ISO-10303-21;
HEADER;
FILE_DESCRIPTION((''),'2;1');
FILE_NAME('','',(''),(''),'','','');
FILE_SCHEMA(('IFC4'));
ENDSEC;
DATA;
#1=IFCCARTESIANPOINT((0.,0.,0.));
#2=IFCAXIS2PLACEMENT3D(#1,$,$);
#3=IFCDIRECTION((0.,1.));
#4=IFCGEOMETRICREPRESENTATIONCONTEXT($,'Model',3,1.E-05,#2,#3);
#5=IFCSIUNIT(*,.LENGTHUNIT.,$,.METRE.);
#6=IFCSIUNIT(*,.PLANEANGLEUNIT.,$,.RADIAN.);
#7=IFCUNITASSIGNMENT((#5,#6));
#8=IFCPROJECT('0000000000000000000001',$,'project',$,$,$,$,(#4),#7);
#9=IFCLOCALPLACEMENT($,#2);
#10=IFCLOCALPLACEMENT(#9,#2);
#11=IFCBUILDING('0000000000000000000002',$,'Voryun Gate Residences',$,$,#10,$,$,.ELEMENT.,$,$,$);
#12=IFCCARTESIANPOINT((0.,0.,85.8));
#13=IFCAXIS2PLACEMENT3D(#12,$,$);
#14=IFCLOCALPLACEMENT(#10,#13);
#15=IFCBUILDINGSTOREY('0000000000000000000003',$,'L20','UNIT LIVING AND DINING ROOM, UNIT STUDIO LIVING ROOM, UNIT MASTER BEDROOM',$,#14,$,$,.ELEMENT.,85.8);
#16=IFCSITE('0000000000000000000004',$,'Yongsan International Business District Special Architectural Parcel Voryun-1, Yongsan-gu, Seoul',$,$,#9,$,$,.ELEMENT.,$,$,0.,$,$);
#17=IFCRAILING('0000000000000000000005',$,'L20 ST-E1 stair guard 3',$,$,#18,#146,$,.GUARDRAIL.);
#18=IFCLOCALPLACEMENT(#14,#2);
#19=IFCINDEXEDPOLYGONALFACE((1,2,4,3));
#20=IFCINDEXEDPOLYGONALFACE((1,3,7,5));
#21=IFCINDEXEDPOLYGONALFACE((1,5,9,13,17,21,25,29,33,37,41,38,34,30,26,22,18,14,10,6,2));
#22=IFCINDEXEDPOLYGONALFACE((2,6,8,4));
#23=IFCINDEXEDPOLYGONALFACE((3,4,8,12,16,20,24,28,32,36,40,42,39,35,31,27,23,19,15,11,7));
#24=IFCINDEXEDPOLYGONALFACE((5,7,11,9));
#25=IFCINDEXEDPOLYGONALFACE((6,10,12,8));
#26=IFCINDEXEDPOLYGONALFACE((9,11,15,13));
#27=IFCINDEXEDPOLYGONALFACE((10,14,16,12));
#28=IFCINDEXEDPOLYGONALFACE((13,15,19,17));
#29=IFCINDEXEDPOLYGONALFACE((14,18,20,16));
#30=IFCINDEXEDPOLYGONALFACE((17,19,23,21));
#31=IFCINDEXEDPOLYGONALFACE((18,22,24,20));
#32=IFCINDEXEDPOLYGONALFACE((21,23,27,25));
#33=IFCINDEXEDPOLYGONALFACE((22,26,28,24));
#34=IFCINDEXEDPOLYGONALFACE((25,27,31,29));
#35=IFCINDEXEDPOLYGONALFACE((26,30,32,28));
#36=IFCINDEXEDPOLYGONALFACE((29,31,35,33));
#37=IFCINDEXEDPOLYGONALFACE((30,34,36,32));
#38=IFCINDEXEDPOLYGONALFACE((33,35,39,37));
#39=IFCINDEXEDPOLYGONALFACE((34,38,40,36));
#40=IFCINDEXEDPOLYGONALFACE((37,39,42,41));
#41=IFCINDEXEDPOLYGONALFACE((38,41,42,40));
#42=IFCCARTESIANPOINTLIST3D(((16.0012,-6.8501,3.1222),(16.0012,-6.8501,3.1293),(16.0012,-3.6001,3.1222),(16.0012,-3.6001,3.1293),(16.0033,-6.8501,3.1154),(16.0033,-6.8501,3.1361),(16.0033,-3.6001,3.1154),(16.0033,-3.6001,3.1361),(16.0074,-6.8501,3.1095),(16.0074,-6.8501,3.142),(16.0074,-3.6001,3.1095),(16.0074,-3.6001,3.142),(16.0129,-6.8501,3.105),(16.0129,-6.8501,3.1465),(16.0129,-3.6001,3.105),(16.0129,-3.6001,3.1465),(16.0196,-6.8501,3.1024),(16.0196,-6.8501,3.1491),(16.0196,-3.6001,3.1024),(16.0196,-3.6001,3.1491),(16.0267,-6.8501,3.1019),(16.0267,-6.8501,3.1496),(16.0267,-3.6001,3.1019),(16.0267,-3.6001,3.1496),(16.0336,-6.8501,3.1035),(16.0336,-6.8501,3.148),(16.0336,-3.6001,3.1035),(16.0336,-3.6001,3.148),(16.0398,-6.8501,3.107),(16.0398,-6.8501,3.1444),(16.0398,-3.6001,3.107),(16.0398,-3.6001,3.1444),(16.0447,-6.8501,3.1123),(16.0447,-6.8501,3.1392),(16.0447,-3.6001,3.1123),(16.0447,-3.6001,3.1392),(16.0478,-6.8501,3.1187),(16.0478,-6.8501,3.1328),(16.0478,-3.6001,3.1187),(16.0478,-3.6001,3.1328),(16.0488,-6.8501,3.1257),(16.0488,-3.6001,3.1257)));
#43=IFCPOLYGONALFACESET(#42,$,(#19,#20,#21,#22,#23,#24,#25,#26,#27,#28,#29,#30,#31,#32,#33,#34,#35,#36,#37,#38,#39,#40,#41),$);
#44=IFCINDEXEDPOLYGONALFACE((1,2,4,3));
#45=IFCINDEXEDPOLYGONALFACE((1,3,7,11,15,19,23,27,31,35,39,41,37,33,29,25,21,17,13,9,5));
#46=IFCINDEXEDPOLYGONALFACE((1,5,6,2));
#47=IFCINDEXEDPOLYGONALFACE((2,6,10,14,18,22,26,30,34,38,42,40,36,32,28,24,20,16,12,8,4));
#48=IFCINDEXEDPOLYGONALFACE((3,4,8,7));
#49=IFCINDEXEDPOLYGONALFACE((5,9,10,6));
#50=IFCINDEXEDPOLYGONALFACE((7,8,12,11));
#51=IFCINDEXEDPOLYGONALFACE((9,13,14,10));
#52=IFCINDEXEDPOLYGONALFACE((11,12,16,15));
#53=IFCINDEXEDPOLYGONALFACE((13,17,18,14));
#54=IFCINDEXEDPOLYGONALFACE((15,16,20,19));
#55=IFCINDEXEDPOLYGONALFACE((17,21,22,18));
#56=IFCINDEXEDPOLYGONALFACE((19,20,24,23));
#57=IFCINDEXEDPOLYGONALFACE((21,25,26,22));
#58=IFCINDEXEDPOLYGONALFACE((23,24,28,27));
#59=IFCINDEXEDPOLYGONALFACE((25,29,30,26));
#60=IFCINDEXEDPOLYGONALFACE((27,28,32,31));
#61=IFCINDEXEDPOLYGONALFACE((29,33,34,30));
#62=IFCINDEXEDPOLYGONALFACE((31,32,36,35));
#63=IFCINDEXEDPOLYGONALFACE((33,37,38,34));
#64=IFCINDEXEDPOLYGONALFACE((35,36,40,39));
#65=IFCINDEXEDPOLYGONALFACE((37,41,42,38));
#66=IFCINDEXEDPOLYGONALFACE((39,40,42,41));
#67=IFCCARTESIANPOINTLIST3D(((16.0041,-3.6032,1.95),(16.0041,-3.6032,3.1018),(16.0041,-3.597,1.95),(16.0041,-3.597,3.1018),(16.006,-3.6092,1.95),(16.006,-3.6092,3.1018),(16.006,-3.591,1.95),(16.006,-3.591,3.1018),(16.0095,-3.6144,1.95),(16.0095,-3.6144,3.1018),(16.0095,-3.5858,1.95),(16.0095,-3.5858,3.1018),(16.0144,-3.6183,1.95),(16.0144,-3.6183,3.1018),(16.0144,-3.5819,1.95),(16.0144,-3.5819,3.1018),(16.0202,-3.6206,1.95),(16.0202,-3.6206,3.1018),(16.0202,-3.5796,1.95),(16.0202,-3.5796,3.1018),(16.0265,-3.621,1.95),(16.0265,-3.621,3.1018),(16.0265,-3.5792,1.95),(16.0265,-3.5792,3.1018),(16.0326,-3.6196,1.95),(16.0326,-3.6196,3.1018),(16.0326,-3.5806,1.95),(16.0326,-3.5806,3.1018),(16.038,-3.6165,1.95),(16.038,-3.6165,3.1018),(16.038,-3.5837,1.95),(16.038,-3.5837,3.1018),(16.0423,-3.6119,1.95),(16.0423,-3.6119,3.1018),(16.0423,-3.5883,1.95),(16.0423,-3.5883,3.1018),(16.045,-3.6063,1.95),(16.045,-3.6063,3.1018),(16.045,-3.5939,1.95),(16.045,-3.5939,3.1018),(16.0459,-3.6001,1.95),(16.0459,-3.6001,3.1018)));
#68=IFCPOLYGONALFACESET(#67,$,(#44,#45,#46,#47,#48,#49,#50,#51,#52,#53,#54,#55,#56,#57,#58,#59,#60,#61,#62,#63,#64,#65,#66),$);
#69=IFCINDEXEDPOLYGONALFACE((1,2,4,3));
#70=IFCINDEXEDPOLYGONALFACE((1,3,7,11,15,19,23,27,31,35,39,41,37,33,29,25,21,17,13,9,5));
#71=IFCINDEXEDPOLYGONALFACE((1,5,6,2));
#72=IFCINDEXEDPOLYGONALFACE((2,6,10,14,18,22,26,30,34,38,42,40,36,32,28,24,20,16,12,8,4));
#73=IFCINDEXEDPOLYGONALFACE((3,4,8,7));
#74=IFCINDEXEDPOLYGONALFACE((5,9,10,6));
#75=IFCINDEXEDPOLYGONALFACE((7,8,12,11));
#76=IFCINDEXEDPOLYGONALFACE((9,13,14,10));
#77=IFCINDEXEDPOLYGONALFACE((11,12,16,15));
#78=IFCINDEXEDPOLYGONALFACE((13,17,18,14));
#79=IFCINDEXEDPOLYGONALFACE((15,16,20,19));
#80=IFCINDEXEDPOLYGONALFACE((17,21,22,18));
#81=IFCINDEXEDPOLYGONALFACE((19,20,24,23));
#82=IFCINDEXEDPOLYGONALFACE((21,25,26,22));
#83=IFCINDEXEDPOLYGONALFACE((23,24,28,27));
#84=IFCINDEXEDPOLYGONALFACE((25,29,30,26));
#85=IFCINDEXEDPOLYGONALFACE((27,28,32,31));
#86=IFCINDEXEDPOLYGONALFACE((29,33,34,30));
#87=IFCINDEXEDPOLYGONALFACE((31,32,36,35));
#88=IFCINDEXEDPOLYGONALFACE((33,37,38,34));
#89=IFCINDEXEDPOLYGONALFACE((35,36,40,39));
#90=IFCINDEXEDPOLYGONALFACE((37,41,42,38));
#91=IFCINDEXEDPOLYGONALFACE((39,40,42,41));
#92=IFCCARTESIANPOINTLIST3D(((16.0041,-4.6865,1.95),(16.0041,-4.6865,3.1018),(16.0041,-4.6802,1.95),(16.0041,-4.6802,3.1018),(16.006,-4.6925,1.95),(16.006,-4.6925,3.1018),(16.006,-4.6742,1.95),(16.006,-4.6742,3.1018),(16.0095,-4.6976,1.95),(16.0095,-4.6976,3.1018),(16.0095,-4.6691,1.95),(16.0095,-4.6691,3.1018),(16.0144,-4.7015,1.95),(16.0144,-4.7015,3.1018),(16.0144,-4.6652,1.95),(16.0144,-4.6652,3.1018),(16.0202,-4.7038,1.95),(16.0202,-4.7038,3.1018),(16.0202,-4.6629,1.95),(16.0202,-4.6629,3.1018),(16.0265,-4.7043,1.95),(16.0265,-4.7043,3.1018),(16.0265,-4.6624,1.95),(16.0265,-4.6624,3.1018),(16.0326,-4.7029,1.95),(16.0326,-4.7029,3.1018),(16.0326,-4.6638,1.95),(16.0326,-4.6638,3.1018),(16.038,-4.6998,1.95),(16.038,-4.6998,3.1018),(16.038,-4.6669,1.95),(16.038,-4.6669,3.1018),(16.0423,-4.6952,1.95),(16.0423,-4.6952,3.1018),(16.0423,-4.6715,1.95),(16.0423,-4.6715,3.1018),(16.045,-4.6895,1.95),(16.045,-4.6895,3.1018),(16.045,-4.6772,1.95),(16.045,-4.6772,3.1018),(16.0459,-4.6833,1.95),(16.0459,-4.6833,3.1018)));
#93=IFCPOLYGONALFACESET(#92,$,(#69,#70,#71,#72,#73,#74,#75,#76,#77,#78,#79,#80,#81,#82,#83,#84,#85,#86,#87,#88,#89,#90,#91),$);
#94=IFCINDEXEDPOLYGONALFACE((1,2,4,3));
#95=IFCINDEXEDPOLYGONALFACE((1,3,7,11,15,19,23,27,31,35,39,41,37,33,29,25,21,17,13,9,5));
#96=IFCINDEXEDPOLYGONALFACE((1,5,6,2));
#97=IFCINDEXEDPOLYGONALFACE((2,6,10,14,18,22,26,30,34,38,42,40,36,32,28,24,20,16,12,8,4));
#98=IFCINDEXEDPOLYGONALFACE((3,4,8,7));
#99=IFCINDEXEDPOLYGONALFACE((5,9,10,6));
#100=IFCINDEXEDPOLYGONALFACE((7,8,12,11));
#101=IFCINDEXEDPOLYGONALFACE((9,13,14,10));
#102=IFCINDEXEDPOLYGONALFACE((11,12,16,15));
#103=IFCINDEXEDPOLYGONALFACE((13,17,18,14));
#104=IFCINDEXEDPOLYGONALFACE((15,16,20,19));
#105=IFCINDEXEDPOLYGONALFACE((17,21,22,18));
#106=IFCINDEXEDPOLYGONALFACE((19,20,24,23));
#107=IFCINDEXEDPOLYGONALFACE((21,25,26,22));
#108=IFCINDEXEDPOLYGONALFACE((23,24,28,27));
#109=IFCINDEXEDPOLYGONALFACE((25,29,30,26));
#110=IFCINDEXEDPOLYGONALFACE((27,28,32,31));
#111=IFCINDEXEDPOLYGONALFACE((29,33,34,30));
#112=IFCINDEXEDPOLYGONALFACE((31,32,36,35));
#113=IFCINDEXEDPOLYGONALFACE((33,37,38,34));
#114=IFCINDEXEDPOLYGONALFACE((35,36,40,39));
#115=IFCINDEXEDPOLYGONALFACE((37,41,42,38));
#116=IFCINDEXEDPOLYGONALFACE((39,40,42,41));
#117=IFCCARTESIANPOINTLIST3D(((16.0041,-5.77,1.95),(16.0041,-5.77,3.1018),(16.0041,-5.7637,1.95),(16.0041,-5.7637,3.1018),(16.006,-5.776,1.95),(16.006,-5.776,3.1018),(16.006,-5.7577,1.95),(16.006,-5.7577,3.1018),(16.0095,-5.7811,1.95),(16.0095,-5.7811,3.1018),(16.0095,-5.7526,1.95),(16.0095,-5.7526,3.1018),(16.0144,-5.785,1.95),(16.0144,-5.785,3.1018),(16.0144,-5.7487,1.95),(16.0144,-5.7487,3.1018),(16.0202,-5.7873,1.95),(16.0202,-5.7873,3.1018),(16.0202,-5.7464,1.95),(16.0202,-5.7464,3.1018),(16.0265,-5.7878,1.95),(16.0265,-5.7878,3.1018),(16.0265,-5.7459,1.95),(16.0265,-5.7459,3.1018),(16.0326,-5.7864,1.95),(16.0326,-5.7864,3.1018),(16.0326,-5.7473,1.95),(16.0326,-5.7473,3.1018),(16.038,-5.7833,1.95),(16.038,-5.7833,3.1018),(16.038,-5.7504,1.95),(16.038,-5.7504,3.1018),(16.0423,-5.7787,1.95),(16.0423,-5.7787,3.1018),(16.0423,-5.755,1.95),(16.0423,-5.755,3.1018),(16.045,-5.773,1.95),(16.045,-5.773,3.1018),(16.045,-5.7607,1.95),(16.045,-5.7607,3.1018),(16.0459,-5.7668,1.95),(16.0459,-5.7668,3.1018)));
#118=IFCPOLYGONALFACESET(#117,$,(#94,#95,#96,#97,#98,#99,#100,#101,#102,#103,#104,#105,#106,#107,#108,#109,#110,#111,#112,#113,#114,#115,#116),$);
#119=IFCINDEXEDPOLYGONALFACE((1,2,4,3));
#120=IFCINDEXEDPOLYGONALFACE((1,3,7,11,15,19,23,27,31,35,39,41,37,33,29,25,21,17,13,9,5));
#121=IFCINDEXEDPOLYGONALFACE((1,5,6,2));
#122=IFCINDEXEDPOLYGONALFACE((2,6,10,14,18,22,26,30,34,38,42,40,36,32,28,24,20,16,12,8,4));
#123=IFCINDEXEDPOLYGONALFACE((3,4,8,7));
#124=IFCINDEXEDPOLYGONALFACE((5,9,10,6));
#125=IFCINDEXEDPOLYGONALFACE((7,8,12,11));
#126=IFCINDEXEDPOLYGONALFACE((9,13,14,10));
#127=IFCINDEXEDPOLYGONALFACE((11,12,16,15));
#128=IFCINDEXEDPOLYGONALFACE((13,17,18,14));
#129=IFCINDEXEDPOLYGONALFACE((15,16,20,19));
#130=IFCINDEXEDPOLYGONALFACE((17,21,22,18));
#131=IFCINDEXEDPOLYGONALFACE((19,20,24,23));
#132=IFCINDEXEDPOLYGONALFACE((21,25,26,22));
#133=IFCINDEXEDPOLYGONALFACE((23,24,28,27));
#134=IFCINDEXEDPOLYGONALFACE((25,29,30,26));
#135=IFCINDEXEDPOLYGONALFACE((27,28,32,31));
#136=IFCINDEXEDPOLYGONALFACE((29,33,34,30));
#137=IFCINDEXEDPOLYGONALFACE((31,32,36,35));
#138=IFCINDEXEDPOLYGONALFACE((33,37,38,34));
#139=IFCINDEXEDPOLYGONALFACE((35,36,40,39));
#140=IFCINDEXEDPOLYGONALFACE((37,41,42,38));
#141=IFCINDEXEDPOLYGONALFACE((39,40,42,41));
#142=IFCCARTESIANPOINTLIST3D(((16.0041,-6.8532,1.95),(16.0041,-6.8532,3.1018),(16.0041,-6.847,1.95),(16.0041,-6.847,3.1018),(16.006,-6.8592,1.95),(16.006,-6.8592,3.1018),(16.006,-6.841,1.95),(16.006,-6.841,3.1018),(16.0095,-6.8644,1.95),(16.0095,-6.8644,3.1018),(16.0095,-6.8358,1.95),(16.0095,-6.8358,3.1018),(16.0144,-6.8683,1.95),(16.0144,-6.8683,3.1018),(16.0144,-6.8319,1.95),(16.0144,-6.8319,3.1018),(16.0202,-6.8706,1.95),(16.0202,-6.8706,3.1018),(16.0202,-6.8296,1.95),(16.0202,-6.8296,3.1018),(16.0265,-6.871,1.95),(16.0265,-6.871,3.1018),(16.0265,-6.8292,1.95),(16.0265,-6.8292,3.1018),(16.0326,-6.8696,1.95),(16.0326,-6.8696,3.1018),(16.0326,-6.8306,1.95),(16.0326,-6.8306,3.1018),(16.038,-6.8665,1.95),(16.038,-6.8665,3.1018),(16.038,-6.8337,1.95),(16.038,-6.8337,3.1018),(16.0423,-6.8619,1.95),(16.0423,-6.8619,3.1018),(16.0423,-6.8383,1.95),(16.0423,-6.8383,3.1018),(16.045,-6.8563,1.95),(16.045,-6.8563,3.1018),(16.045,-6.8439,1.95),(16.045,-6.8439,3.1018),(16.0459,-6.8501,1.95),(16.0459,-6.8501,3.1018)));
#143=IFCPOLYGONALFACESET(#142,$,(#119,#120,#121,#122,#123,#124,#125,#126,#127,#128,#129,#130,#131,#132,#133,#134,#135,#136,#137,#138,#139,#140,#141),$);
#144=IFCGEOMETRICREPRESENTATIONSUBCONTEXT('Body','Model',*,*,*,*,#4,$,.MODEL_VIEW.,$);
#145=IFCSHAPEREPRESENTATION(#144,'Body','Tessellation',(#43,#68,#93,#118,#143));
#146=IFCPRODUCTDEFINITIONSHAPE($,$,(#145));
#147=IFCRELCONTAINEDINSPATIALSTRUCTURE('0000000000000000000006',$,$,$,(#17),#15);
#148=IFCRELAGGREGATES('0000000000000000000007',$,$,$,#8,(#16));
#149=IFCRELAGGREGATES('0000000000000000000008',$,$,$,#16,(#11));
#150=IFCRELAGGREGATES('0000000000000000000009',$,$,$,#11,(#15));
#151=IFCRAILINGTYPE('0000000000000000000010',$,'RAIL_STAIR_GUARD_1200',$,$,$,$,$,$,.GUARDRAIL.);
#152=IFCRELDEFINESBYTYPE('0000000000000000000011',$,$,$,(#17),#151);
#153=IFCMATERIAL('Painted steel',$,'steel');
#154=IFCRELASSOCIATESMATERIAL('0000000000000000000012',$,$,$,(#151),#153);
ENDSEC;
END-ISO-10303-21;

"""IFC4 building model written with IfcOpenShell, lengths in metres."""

from ifc_helpers import new_model, si_unit, direction, frame, origin, origin_2d, place, context, subcontext, project, spatial, circle, extrude, material, type_object, element, save


model = new_model("IFC4")

# Units and contexts
model_context = context("Model", 3, precision=1e-05, world=origin(), true_north=direction((0.0, 1.0)))
body_context = subcontext(model_context, "Body", "Model", "MODEL_VIEW")
ifc_project = project(units=[si_unit("LENGTHUNIT", "METRE"), si_unit("PLANEANGLEUNIT", "RADIAN")], contexts=[model_context])

# Site, building, storey
site_placement = place(None, origin())
site = spatial("IfcSite", under=ifc_project, at=site_placement, Name="Yongsan International Business District Special Architectural Parcel Voryun-1, Yongsan-gu, Seoul", CompositionType="ELEMENT", RefElevation=0.0)
building_placement = place(site_placement, origin())
building = spatial("IfcBuilding", under=site, at=building_placement, Name="Voryun Gate Residences", CompositionType="ELEMENT")
storey_placement = place(building_placement, frame((0.0, 0.0, 85.8)))
storey = spatial("IfcBuildingStorey", under=building, at=storey_placement, Name="L20", Description="UNIT LIVING AND DINING ROOM, UNIT STUDIO LIVING ROOM, UNIT MASTER BEDROOM", CompositionType="ELEMENT", Elevation=85.8)

# Railing
ifc_material_1 = material(Name="Painted steel", Category="steel")
railing_type_1 = type_object("IfcRailingType", Name="RAIL_STAIR_GUARD_1200", PredefinedType="GUARDRAIL", material=ifc_material_1)
for number, where, name in (
    (1, (16.0249, -3.6001, 1.95), "L20 ST-E1 stair guard 3"),
):
    element("IfcRailing", number, at=place(storey_placement, frame(where)), inside=storey, type_object=railing_type_1, Name=name, PredefinedType="GUARDRAIL", context=body_context, shape_type="SweptSolid", body=[
        extrude(circle(Radius=0.0239, at=origin_2d()), frame((0.0, 0.0, 1.1758), z_axis=(0.0, -1.0, 0.0), x_axis=(1.0, 0.0, 0.0)), (0.0, 0.0, 1.0), 3.25),
        extrude(circle(Radius=0.021, at=origin_2d()), origin(), (0.0, 0.0, 1.0), 1.1519),
        extrude(circle(Radius=0.021, at=origin_2d()), frame((0.0, -1.0833, 0.0)), (0.0, 0.0, 1.0), 1.1519),
        extrude(circle(Radius=0.021, at=origin_2d()), frame((0.0, -2.1667, 0.0)), (0.0, 0.0, 1.0), 1.1519),
        extrude(circle(Radius=0.021, at=origin_2d()), frame((0.0, -3.25, 0.0)), (0.0, 0.0, 1.0), 1.1519),
    ])

save(model, "model.ifc")
